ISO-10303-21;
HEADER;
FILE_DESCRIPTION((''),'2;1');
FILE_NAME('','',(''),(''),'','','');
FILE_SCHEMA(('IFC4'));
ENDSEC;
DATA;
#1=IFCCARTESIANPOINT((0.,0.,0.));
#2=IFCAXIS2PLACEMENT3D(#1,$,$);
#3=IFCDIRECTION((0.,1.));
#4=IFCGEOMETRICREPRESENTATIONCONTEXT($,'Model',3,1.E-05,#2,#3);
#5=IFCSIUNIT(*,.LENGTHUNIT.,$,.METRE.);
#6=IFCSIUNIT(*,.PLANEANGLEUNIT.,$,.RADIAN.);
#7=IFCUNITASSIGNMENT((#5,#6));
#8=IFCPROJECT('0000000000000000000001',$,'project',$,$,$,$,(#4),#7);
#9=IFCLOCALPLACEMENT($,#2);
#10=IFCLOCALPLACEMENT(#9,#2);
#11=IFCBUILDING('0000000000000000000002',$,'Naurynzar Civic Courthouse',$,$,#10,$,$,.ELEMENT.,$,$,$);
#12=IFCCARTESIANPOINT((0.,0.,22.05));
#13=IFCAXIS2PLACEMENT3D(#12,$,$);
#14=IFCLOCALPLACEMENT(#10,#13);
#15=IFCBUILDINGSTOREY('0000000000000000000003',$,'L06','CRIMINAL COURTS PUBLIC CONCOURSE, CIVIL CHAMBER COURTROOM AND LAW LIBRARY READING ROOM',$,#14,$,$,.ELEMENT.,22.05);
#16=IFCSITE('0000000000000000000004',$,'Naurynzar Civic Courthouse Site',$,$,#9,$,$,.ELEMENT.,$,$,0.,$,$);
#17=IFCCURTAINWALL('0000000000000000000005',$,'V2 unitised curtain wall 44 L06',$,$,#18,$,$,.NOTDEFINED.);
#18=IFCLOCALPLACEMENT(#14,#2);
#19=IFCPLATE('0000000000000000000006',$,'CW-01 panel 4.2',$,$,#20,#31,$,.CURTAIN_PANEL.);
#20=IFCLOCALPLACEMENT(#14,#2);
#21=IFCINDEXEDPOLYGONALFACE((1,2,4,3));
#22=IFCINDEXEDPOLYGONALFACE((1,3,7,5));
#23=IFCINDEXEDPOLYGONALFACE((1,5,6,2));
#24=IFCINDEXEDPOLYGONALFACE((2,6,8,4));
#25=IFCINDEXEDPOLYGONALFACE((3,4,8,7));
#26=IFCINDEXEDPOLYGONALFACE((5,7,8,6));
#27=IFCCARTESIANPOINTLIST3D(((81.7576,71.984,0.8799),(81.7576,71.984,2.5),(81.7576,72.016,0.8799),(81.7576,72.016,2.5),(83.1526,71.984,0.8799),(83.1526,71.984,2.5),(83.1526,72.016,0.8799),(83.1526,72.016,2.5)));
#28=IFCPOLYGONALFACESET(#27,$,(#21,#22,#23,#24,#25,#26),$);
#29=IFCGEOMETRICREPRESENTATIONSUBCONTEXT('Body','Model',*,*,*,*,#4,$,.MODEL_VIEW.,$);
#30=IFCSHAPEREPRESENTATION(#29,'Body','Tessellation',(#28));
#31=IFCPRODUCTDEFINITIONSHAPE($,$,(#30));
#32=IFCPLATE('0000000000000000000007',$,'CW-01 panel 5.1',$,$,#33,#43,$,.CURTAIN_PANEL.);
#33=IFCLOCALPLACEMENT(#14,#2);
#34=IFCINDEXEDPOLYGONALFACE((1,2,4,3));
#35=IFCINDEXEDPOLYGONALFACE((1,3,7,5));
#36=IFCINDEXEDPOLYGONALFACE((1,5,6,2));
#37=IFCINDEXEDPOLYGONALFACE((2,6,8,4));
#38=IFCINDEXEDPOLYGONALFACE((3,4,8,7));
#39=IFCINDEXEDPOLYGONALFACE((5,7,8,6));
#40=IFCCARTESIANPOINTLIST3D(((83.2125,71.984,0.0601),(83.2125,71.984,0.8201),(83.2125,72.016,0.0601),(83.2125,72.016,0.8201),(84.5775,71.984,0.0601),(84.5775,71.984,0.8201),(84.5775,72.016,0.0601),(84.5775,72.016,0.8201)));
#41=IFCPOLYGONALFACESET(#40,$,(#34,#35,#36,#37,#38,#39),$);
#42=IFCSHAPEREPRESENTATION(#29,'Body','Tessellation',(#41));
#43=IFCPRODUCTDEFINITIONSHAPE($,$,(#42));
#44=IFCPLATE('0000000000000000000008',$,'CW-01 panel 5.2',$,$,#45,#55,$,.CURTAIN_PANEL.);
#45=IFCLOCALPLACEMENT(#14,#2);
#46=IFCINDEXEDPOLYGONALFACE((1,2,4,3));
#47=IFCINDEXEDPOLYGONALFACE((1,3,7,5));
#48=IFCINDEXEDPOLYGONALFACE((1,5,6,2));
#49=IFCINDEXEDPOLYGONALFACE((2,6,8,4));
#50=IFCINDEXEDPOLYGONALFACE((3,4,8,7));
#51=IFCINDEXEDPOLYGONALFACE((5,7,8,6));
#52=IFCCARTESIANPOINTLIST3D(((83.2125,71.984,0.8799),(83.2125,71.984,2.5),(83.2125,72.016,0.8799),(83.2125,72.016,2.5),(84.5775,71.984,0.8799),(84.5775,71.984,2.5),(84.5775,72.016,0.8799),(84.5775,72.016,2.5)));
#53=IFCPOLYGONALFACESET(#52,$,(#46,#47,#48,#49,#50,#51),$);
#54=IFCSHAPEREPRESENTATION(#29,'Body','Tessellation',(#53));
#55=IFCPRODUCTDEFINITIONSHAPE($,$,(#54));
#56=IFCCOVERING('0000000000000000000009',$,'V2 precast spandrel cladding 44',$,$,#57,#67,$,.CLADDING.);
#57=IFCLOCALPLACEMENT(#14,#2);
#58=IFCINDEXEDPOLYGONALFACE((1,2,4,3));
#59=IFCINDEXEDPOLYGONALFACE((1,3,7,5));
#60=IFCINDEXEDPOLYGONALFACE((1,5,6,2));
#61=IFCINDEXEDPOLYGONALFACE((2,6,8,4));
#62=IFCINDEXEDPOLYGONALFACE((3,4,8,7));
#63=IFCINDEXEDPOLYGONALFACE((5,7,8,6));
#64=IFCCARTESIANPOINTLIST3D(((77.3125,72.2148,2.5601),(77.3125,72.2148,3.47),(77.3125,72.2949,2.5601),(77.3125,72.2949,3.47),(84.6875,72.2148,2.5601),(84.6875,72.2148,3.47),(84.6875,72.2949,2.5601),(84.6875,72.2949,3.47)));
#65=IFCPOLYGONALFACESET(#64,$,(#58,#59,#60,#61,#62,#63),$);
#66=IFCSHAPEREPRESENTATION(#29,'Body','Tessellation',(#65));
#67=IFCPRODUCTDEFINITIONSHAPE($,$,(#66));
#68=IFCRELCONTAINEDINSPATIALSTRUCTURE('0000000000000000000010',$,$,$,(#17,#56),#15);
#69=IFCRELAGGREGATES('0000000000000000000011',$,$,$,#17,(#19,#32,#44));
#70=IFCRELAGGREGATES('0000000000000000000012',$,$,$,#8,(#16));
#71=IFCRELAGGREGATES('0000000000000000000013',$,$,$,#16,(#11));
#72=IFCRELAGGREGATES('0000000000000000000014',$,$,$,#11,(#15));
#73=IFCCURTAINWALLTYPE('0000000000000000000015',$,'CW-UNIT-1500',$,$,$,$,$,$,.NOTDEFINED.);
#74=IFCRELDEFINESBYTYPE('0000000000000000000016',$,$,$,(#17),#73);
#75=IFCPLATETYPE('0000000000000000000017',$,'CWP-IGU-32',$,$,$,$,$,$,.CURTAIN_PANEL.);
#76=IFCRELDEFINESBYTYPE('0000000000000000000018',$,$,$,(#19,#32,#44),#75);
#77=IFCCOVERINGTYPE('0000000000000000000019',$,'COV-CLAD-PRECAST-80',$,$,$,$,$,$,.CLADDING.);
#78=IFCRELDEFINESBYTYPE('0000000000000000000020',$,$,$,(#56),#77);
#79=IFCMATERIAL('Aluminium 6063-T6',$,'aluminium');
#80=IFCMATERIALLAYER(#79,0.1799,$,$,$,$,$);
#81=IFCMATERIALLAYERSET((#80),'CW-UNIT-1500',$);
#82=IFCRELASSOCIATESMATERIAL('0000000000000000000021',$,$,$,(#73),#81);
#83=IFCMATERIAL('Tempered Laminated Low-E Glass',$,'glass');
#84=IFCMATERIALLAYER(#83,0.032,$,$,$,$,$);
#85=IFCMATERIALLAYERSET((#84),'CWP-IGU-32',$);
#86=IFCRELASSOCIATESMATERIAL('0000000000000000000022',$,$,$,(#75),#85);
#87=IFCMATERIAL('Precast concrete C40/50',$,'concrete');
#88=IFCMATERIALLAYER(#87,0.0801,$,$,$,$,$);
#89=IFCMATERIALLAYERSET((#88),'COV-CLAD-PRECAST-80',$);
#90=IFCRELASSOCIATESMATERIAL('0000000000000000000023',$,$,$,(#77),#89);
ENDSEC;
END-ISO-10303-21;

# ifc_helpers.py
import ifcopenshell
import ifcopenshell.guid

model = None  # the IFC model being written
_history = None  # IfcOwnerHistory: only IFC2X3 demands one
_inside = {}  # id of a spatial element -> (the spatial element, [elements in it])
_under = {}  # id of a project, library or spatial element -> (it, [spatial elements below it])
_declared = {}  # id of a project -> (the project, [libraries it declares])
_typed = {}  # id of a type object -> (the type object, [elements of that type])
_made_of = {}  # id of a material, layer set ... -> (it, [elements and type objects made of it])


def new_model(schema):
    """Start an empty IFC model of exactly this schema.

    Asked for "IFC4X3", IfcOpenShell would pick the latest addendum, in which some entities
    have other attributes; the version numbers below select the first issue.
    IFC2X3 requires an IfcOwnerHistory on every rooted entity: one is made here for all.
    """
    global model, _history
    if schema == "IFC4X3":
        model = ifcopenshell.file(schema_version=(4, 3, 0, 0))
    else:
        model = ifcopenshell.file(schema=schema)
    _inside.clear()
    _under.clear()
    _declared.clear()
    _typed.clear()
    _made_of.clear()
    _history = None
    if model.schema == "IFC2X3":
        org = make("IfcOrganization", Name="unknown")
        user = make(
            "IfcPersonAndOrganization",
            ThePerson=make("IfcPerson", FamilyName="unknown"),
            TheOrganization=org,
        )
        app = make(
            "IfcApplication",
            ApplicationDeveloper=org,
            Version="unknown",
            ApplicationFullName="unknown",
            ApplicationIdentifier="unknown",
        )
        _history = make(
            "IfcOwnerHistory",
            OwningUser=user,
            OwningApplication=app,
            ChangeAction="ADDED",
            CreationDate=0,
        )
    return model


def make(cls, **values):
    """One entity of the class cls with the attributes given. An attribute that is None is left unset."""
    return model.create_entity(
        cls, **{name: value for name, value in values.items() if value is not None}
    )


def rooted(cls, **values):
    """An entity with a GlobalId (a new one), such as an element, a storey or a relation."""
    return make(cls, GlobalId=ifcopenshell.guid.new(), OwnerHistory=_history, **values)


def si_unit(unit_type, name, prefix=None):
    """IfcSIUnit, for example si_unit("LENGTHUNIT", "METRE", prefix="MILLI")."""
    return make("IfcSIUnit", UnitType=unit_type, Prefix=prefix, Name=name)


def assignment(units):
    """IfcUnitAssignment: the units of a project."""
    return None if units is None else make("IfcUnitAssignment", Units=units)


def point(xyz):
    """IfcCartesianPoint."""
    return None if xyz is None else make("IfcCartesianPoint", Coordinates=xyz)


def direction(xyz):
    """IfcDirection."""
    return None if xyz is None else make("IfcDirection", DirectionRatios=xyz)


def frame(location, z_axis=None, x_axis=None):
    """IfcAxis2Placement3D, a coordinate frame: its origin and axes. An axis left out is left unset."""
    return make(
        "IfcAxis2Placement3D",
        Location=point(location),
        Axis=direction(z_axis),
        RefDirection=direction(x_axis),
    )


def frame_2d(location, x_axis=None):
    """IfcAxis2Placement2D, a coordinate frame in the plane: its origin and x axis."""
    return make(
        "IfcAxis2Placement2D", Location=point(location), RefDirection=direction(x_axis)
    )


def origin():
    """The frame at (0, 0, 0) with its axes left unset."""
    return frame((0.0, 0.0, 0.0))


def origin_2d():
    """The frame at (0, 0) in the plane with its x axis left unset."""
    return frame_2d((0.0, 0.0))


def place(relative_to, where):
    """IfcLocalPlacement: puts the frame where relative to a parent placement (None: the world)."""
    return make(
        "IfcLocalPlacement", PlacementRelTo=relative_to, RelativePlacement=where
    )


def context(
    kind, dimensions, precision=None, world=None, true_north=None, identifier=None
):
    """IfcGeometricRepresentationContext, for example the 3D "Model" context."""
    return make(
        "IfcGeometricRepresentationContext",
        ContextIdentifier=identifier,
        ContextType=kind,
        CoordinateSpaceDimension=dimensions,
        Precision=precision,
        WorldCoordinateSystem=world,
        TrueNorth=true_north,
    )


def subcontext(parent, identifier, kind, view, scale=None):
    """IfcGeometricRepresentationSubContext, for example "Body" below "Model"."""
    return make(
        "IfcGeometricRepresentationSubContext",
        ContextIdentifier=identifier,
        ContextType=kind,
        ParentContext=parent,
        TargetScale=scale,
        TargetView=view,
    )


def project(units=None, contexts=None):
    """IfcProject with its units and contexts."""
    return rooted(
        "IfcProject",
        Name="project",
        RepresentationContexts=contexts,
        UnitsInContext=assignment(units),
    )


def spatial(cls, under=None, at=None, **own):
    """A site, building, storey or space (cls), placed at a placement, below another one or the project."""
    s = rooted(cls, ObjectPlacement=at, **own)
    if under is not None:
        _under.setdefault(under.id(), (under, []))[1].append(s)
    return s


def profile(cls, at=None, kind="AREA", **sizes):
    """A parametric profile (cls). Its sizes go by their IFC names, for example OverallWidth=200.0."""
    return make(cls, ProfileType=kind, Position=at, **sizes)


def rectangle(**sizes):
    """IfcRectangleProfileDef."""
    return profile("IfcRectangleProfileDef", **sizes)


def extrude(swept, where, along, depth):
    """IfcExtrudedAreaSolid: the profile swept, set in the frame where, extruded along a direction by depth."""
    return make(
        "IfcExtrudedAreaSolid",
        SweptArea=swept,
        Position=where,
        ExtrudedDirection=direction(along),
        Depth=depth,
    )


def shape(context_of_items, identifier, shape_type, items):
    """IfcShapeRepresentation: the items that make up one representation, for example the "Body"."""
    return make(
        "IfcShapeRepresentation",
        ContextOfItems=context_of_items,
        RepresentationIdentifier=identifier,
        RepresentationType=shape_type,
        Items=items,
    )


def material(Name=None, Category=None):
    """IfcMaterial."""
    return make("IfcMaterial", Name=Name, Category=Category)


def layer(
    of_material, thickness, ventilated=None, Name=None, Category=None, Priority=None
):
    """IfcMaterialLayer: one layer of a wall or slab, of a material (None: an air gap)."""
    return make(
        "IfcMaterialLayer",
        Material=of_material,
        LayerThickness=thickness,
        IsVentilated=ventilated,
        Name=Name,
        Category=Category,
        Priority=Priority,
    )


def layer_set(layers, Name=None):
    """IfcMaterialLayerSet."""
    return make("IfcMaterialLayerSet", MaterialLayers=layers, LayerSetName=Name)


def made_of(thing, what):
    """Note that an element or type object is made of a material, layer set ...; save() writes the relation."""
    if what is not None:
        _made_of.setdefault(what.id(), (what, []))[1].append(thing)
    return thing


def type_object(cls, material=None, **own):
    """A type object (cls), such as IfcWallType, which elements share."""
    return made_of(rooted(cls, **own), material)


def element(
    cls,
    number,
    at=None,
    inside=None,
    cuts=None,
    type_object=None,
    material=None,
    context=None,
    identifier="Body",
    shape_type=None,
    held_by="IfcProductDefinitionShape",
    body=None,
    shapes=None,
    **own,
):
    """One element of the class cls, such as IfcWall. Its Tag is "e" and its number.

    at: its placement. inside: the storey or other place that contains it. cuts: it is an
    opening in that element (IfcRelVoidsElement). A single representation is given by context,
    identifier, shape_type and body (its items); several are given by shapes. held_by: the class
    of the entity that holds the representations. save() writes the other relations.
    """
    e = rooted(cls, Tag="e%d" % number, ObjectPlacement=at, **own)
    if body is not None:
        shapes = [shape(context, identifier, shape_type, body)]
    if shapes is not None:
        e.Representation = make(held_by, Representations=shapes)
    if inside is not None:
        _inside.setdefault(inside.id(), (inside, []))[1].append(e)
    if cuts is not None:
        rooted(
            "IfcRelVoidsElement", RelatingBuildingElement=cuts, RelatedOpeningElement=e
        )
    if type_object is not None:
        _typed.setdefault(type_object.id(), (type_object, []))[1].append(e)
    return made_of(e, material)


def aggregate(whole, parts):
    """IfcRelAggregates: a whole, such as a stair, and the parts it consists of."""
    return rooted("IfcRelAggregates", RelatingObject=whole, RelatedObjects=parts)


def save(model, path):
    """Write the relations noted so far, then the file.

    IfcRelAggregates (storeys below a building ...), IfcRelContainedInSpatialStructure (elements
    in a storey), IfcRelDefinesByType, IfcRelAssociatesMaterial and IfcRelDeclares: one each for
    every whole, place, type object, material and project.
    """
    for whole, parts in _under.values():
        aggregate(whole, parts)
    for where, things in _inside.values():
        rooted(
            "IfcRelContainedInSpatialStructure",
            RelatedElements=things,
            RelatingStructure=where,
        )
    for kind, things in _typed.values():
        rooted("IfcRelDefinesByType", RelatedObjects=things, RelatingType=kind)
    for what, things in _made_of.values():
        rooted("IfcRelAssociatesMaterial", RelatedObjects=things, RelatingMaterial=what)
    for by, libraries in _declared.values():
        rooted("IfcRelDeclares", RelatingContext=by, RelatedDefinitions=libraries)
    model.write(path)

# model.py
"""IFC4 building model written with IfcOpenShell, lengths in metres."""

from ifc_helpers import new_model, si_unit, direction, frame, origin, origin_2d, place, context, subcontext, project, spatial, rectangle, extrude, material, layer, layer_set, type_object, element, aggregate, save


model = new_model("IFC4")

# Units and contexts
model_context = context("Model", 3, precision=1e-05, world=origin(), true_north=direction((0.0, 1.0)))
body_context = subcontext(model_context, "Body", "Model", "MODEL_VIEW")
ifc_project = project(units=[si_unit("LENGTHUNIT", "METRE"), si_unit("PLANEANGLEUNIT", "RADIAN")], contexts=[model_context])

# Site, building, storey
site_placement = place(None, origin())
site = spatial("IfcSite", under=ifc_project, at=site_placement, Name="Naurynzar Civic Courthouse Site", CompositionType="ELEMENT", RefElevation=0.0)
building_placement = place(site_placement, origin())
building = spatial("IfcBuilding", under=site, at=building_placement, Name="Naurynzar Civic Courthouse", CompositionType="ELEMENT")
storey_placement = place(building_placement, frame((0.0, 0.0, 22.05)))
storey = spatial("IfcBuildingStorey", under=building, at=storey_placement, Name="L06", Description="CRIMINAL COURTS PUBLIC CONCOURSE, CIVIL CHAMBER COURTROOM AND LAW LIBRARY READING ROOM", CompositionType="ELEMENT", Elevation=22.05)

# Curtain wall, plates
ifc_material_1 = material(Name="Aluminium 6063-T6", Category="aluminium")
ifc_layer_1 = layer(ifc_material_1, 0.1799)
ifc_layer_set_1 = layer_set([ifc_layer_1], Name="CW-UNIT-1500")
curtain_wall_type = type_object("IfcCurtainWallType", Name="CW-UNIT-1500", PredefinedType="NOTDEFINED", material=ifc_layer_set_1)
curtain_wall_placement = place(storey_placement, origin())
curtain_wall = element("IfcCurtainWall", 1, at=curtain_wall_placement, inside=storey, type_object=curtain_wall_type, Name="V2 unitised curtain wall 44 L06", PredefinedType="NOTDEFINED")
ifc_material_2 = material(Name="Tempered Laminated Low-E Glass", Category="glass")
ifc_layer_2 = layer(ifc_material_2, 0.032)
ifc_layer_set_2 = layer_set([ifc_layer_2], Name="CWP-IGU-32")
plate_type = type_object("IfcPlateType", Name="CWP-IGU-32", PredefinedType="CURTAIN_PANEL", material=ifc_layer_set_2)
plate_1_placement = place(storey_placement, frame((82.4551, 72.0, 0.8799), z_axis=(0.0, 0.0, 1.0), x_axis=(1.0, 0.0, 0.0)))
plate_1 = element("IfcPlate", 2, at=plate_1_placement, type_object=plate_type, Name="CW-01 panel 4.2", PredefinedType="CURTAIN_PANEL", context=body_context, shape_type="SweptSolid", body=[
    extrude(rectangle(XDim=1.395, YDim=0.032, at=origin_2d()), origin(), (0.0, 0.0, 1.0), 1.6201),
])
plate_2_placement = place(storey_placement, frame((83.895, 72.0, 0.0601), z_axis=(0.0, 0.0, 1.0), x_axis=(1.0, 0.0, 0.0)))
plate_2 = element("IfcPlate", 3, at=plate_2_placement, type_object=plate_type, Name="CW-01 panel 5.1", PredefinedType="CURTAIN_PANEL", context=body_context, shape_type="SweptSolid", body=[
    extrude(rectangle(XDim=1.365, YDim=0.032, at=origin_2d()), origin(), (0.0, 0.0, 1.0), 0.76),
])
plate_3_placement = place(storey_placement, frame((83.895, 72.0, 0.8799), z_axis=(0.0, 0.0, 1.0), x_axis=(1.0, 0.0, 0.0)))
plate_3 = element("IfcPlate", 4, at=plate_3_placement, type_object=plate_type, Name="CW-01 panel 5.2", PredefinedType="CURTAIN_PANEL", context=body_context, shape_type="SweptSolid", body=[
    extrude(rectangle(XDim=1.365, YDim=0.032, at=origin_2d()), origin(), (0.0, 0.0, 1.0), 1.6201),
])
aggregate(curtain_wall, [plate_1, plate_2, plate_3])

# Covering
ifc_material_3 = material(Name="Precast concrete C40/50", Category="concrete")
ifc_layer_3 = layer(ifc_material_3, 0.0801)
ifc_layer_set_3 = layer_set([ifc_layer_3], Name="COV-CLAD-PRECAST-80")
covering_type = type_object("IfcCoveringType", Name="COV-CLAD-PRECAST-80", PredefinedType="CLADDING", material=ifc_layer_set_3)
covering_placement = place(storey_placement, frame((81.0, 72.2549, 2.5601), z_axis=(0.0, 0.0, 1.0), x_axis=(1.0, 0.0, 0.0)))
element("IfcCovering", 5, at=covering_placement, inside=storey, type_object=covering_type, Name="V2 precast spandrel cladding 44", PredefinedType="CLADDING", context=body_context, shape_type="SweptSolid", body=[
    extrude(rectangle(XDim=7.375, YDim=0.0801, at=origin_2d()), origin(), (0.0, 0.0, 1.0), 0.9099),
])

save(model, "model.ifc")
